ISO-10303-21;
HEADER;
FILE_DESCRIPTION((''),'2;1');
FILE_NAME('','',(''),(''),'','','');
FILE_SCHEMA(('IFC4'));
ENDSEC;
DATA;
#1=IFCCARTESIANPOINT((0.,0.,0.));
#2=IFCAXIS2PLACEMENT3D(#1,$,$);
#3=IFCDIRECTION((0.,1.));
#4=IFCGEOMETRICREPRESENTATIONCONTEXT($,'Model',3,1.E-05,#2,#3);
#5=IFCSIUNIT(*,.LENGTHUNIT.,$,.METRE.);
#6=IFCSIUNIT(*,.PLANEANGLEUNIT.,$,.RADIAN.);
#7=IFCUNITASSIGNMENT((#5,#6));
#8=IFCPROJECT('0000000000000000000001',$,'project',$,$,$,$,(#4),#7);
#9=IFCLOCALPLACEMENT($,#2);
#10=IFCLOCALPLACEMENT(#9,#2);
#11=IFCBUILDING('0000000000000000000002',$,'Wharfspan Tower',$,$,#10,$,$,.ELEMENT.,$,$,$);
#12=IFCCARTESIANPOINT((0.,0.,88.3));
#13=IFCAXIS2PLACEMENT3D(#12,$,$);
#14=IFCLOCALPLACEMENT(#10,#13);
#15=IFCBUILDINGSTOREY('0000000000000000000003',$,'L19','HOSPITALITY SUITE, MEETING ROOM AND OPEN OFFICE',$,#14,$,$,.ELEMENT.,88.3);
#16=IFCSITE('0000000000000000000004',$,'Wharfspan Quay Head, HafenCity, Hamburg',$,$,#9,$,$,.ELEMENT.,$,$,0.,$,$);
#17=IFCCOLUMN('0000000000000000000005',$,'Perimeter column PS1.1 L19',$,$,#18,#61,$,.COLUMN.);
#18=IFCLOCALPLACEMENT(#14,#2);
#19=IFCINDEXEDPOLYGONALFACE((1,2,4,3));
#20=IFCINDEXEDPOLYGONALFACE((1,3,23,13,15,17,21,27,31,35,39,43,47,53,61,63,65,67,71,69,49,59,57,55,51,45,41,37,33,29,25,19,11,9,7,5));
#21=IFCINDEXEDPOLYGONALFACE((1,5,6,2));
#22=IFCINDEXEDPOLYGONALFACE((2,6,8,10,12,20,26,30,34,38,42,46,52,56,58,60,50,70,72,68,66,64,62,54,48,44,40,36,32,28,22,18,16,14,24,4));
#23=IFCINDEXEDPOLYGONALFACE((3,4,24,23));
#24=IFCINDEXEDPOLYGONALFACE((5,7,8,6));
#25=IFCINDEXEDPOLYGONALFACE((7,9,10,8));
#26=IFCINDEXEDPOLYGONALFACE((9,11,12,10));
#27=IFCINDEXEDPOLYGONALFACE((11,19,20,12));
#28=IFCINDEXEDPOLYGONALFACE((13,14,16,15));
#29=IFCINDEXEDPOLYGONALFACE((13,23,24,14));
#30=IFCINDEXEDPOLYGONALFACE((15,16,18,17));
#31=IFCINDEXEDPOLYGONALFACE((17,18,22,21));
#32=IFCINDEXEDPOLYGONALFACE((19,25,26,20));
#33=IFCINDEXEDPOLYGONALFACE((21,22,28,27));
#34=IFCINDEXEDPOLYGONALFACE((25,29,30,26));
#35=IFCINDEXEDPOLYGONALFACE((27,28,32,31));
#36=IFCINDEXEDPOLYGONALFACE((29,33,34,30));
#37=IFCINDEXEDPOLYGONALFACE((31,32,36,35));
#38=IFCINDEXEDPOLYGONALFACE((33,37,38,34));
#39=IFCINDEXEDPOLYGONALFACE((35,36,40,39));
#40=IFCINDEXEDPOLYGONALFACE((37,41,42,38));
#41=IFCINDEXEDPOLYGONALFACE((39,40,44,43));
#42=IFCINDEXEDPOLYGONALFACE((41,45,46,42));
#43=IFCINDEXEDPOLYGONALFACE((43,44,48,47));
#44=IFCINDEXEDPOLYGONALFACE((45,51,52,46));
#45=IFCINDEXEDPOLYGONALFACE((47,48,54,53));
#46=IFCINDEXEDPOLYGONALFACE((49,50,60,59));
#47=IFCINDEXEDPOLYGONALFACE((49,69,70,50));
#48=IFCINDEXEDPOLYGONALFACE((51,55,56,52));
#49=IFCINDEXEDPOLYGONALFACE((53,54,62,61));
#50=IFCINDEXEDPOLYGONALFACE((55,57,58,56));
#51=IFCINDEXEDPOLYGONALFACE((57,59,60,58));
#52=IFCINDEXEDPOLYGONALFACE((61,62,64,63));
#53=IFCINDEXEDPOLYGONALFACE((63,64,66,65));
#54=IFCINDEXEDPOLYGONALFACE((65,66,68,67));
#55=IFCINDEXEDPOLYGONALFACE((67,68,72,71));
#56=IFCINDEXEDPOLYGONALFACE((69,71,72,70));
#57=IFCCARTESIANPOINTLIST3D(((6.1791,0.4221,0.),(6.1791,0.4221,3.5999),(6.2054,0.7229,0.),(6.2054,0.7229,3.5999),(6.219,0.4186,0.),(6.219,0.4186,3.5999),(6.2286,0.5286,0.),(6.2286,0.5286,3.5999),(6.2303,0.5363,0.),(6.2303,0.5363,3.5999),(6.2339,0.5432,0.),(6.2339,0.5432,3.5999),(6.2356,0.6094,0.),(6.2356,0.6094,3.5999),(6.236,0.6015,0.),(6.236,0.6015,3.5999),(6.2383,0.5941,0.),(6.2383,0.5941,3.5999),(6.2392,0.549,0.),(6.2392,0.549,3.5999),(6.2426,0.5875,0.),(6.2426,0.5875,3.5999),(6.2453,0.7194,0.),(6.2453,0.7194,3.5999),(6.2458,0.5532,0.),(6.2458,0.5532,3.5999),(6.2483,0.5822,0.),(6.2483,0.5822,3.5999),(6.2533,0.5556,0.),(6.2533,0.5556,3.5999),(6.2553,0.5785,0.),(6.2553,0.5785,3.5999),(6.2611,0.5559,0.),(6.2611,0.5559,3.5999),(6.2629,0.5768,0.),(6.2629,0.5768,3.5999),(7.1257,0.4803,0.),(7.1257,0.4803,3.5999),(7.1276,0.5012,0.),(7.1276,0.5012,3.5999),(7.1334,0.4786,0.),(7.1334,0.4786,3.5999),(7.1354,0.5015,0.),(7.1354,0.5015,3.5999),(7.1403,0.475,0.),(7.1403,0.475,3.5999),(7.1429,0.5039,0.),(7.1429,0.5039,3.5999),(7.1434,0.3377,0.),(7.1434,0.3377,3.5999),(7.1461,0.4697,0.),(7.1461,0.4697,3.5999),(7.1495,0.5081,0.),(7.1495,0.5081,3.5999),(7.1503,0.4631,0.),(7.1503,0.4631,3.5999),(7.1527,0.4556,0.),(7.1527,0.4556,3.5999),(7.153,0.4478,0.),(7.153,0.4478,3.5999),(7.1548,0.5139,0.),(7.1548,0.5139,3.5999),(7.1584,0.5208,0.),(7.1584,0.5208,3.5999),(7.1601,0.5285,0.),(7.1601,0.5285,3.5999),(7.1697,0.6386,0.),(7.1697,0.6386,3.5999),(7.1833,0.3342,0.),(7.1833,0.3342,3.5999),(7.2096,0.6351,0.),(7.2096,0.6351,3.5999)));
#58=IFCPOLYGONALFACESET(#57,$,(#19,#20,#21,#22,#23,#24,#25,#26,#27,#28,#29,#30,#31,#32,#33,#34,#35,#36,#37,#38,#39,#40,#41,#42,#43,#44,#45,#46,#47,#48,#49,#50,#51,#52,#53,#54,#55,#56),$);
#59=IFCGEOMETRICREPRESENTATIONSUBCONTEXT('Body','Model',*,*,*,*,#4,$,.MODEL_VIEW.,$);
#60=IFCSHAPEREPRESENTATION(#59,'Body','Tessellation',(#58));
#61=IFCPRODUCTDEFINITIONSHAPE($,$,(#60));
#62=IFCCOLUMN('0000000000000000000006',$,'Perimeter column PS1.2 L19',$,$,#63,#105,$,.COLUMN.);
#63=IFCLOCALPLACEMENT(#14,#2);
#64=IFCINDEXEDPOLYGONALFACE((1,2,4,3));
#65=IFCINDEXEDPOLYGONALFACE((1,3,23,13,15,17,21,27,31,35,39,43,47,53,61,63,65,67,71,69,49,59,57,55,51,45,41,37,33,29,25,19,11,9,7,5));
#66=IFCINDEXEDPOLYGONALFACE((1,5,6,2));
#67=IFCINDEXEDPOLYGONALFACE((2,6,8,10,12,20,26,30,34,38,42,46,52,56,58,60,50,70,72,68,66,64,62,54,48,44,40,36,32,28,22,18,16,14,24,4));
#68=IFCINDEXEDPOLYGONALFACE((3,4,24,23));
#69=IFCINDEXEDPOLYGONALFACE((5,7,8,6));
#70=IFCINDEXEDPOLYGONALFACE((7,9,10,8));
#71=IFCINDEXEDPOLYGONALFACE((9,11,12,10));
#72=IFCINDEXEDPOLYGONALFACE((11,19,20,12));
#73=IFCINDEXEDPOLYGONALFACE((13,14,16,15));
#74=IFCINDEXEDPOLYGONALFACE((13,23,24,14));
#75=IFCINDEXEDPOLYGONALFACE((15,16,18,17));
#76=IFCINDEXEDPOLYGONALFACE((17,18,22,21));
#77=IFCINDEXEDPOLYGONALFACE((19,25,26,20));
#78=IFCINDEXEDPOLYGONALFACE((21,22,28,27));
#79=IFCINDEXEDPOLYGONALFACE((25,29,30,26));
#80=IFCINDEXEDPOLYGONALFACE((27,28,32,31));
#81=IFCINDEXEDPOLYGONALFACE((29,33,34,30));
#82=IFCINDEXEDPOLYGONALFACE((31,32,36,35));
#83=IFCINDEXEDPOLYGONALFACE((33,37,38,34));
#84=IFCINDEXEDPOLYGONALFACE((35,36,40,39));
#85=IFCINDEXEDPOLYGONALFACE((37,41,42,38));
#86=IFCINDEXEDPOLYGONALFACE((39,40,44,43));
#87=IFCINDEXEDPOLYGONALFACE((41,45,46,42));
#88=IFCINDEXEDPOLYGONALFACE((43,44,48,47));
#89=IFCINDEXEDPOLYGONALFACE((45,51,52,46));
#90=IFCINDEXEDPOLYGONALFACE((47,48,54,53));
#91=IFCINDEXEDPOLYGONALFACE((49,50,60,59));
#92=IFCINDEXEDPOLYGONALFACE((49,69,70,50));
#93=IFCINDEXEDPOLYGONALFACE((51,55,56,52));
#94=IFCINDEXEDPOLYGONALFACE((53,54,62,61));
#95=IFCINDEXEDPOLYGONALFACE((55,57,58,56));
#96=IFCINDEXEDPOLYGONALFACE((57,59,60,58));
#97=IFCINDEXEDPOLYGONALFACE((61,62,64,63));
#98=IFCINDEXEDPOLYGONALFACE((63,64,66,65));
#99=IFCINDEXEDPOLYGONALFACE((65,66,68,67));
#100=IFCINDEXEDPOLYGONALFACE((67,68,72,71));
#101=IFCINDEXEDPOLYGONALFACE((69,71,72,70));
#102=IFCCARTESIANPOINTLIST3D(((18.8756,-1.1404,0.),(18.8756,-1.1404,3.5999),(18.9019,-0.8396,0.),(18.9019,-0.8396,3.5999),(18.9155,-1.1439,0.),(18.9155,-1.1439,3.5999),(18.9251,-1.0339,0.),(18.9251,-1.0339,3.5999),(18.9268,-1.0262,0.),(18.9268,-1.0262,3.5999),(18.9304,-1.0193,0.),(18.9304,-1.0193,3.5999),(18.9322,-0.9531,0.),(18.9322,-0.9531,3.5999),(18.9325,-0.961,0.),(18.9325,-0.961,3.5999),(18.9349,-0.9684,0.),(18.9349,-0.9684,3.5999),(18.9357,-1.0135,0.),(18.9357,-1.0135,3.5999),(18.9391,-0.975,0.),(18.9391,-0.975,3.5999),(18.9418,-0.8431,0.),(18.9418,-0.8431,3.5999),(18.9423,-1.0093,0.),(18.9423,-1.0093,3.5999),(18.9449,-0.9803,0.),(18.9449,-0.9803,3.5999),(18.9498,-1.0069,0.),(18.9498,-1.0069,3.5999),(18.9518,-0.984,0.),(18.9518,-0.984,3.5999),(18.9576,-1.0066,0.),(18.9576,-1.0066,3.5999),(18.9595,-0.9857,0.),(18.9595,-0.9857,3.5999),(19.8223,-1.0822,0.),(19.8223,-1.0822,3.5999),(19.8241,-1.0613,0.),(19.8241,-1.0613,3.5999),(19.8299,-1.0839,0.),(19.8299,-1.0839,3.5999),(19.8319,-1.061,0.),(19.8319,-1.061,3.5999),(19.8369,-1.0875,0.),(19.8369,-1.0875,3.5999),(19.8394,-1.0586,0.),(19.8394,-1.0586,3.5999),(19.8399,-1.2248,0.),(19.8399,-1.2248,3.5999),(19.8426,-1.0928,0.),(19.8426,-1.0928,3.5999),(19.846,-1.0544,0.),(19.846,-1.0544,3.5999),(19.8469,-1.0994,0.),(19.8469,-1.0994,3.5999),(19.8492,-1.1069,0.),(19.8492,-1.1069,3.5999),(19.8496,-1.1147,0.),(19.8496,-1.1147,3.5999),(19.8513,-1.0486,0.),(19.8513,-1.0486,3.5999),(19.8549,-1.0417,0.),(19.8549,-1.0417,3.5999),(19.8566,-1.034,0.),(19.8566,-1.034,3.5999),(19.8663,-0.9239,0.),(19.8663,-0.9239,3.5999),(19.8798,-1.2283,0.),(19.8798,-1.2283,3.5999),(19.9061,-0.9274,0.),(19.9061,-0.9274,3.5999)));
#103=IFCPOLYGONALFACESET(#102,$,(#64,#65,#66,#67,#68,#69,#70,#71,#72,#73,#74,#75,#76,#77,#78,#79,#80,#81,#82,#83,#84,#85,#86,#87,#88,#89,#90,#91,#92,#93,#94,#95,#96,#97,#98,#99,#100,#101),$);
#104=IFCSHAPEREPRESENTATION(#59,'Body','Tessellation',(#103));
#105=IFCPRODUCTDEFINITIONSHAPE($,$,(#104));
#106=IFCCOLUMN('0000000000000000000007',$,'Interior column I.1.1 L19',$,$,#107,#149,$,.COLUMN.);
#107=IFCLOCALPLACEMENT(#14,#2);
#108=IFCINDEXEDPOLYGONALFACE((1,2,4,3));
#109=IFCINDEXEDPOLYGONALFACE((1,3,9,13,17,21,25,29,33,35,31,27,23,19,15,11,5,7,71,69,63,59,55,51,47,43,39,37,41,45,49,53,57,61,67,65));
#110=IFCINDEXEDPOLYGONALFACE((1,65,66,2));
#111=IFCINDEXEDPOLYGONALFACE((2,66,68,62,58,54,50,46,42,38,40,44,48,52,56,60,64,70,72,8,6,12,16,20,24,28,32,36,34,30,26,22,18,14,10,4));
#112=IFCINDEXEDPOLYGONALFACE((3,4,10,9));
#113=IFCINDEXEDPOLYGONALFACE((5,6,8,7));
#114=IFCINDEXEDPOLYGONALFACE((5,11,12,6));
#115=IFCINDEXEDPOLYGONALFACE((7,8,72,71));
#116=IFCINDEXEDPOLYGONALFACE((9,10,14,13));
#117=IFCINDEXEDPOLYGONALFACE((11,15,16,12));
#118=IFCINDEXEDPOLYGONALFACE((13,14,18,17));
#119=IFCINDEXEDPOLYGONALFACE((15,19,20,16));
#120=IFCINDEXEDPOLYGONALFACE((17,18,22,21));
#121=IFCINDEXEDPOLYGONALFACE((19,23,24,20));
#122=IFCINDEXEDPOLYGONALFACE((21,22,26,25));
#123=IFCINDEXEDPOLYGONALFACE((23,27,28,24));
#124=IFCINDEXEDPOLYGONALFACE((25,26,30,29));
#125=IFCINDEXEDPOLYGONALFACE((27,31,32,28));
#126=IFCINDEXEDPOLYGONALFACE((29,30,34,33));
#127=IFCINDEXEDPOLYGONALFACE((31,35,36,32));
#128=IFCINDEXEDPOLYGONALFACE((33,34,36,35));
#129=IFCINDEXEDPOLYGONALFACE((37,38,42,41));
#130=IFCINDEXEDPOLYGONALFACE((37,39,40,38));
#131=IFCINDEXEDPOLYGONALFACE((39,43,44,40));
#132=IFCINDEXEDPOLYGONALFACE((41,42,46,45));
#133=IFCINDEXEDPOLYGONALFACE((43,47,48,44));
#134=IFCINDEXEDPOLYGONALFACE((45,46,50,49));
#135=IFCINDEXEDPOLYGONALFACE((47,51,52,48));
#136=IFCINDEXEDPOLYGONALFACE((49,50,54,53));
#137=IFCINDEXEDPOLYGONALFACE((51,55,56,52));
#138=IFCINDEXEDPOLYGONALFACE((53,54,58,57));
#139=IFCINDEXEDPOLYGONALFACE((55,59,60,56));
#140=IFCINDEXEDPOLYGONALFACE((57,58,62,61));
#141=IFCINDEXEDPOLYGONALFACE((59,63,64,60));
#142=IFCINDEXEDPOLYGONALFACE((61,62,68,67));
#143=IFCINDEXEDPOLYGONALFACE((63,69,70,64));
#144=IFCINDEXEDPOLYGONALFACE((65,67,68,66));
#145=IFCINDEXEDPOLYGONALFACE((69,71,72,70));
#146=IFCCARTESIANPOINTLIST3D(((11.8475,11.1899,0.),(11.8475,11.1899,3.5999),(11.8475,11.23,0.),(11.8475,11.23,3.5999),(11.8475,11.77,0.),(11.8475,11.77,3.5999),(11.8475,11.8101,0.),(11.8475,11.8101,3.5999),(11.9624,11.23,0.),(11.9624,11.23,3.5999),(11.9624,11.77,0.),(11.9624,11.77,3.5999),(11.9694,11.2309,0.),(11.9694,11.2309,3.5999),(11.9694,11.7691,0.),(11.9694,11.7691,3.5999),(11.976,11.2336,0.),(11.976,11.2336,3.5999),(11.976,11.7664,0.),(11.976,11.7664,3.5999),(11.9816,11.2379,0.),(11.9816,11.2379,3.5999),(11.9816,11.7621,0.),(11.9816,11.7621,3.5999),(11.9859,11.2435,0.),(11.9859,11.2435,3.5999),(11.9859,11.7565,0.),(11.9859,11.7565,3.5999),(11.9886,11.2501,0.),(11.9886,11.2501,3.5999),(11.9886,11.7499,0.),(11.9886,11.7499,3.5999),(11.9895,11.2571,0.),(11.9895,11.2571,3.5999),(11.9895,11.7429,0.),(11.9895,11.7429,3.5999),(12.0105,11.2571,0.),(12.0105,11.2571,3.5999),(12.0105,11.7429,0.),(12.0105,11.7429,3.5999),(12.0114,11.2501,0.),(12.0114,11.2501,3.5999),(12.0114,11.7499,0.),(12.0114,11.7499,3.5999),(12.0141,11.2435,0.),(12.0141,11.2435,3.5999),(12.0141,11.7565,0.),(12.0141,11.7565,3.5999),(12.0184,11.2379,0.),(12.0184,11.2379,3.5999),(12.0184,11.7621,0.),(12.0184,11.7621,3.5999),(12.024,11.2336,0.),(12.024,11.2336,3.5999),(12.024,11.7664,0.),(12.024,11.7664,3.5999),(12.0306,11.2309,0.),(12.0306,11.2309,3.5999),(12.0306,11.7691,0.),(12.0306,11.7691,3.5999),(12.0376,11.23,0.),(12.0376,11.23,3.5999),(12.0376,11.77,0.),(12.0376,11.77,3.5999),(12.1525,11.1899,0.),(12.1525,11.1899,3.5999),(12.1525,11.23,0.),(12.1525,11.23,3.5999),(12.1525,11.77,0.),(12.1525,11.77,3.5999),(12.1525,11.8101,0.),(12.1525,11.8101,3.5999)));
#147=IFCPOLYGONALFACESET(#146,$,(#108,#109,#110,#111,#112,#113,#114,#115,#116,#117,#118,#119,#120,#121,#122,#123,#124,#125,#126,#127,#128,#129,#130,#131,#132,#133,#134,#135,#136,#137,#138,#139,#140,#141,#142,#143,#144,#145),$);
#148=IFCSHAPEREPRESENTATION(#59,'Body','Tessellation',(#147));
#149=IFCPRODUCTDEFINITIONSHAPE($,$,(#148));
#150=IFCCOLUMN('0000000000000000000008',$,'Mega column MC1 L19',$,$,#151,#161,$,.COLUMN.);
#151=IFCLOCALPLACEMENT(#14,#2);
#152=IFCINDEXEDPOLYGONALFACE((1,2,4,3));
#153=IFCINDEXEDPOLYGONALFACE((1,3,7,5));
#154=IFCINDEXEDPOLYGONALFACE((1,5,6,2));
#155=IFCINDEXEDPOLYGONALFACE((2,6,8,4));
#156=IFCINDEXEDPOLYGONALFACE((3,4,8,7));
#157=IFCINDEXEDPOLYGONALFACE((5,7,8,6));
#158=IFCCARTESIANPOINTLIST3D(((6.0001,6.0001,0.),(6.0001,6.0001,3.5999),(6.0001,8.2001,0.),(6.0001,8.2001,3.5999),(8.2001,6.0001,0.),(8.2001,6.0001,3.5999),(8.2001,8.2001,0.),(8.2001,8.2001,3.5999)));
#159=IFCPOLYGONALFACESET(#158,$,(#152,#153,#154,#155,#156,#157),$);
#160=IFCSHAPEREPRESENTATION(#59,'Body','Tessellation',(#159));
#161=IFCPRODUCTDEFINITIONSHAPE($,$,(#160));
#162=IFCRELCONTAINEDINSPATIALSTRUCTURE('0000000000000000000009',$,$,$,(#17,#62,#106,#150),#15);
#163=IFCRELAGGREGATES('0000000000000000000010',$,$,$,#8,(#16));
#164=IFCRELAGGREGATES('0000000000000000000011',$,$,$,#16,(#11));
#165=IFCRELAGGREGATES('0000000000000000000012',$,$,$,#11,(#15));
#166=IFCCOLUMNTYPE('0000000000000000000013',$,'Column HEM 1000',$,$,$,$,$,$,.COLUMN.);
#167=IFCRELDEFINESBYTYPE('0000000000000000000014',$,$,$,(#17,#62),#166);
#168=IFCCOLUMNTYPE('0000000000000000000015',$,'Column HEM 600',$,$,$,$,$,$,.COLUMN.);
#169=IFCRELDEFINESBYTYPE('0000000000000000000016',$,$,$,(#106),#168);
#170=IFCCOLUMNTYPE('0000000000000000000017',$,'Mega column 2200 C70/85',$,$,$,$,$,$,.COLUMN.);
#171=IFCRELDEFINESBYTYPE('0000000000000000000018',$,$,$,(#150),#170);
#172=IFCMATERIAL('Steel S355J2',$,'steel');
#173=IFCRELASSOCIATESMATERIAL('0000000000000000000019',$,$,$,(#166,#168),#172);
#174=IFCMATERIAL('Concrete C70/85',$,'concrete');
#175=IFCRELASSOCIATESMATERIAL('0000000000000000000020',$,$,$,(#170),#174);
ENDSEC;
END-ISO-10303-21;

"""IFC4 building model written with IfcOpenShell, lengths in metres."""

from ifc_helpers import new_model, si_unit, direction, frame, origin, origin_2d, place, context, subcontext, project, spatial, rectangle, i_section, extrude, material, material_profile, profile_set, type_object, element, save


model = new_model("IFC4")

# Units and contexts
model_context = context("Model", 3, precision=1e-05, world=origin(), true_north=direction((0.0, 1.0)))
body_context = subcontext(model_context, "Body", "Model", "MODEL_VIEW")
ifc_project = project(units=[si_unit("LENGTHUNIT", "METRE"), si_unit("PLANEANGLEUNIT", "RADIAN")], contexts=[model_context])

# Site, building, storey
site_placement = place(None, origin())
site = spatial("IfcSite", under=ifc_project, at=site_placement, Name="Wharfspan Quay Head, HafenCity, Hamburg", CompositionType="ELEMENT", RefElevation=0.0)
building_placement = place(site_placement, origin())
building = spatial("IfcBuilding", under=site, at=building_placement, Name="Wharfspan Tower", CompositionType="ELEMENT")
storey_placement = place(building_placement, frame((0.0, 0.0, 88.3)))
storey = spatial("IfcBuildingStorey", under=building, at=storey_placement, Name="L19", Description="HOSPITALITY SUITE, MEETING ROOM AND OPEN OFFICE", CompositionType="ELEMENT", Elevation=88.3)

# Columns
ifc_material_1 = material(Name="Steel S355J2", Category="steel")
ifc_material_profile_1 = material_profile(ifc_material_1, i_section(OverallWidth=0.302, OverallDepth=1.0081, WebThickness=0.021, FlangeThickness=0.04, FilletRadius=0.03, at=origin_2d()))
ifc_profile_set_1 = profile_set([ifc_material_profile_1], Name="Steel S355J2")
column_type_1 = type_object("IfcColumnType", Name="Column HEM 1000", PredefinedType="COLUMN", material=ifc_profile_set_1)
for number, where, z_axis, x_axis, name in (
    (1, (6.6943, 0.5286, 0.0), (0.0, 0.0, 1.0), (-0.087156, -0.996198, 0.0), "Perimeter column PS1.1 L19"),
    (2, (19.3909, -1.0339, 0.0), (0.0, 0.0, 1.0), (-0.087156, -0.996198, 0.0), "Perimeter column PS1.2 L19"),
):
    element("IfcColumn", number, at=place(storey_placement, frame(where, z_axis=z_axis, x_axis=x_axis)), inside=storey, type_object=column_type_1, Name=name, PredefinedType="COLUMN", context=body_context, shape_type="SweptSolid", body=[
        extrude(i_section(OverallWidth=0.302, OverallDepth=1.0081, WebThickness=0.021, FlangeThickness=0.04, FilletRadius=0.03, at=origin_2d()), origin(), (0.0, 0.0, 1.0), 3.5999),
    ])
ifc_material_profile_2 = material_profile(ifc_material_1, i_section(OverallWidth=0.3049, OverallDepth=0.6201, WebThickness=0.021, FlangeThickness=0.04, FilletRadius=0.0271, at=origin_2d()))
ifc_profile_set_2 = profile_set([ifc_material_profile_2], Name="Steel S355J2")
column_type_2 = type_object("IfcColumnType", Name="Column HEM 600", PredefinedType="COLUMN", material=ifc_profile_set_2)
column_1_placement = place(storey_placement, frame((12.0, 11.5, 0.0), z_axis=(0.0, 0.0, 1.0), x_axis=(1.0, 0.0, 0.0)))
element("IfcColumn", 3, at=column_1_placement, inside=storey, type_object=column_type_2, Name="Interior column I.1.1 L19", PredefinedType="COLUMN", context=body_context, shape_type="SweptSolid", body=[
    extrude(i_section(OverallWidth=0.3049, OverallDepth=0.6201, WebThickness=0.021, FlangeThickness=0.04, FilletRadius=0.0271, at=origin_2d()), origin(), (0.0, 0.0, 1.0), 3.5999),
])
ifc_material_2 = material(Name="Concrete C70/85", Category="concrete")
ifc_material_profile_3 = material_profile(ifc_material_2, rectangle(XDim=2.2, YDim=2.2, at=origin_2d()))
ifc_profile_set_3 = profile_set([ifc_material_profile_3], Name="Concrete C70/85")
column_type_3 = type_object("IfcColumnType", Name="Mega column 2200 C70/85", PredefinedType="COLUMN", material=ifc_profile_set_3)
column_2_placement = place(storey_placement, frame((7.1001, 7.1001, 0.0), z_axis=(0.0, 0.0, 1.0), x_axis=(1.0, 0.0, 0.0)))
element("IfcColumn", 4, at=column_2_placement, inside=storey, type_object=column_type_3, Name="Mega column MC1 L19", PredefinedType="COLUMN", context=body_context, shape_type="SweptSolid", body=[
    extrude(rectangle(XDim=2.2, YDim=2.2, at=origin_2d()), origin(), (0.0, 0.0, 1.0), 3.5999),
])

save(model, "model.ifc")
